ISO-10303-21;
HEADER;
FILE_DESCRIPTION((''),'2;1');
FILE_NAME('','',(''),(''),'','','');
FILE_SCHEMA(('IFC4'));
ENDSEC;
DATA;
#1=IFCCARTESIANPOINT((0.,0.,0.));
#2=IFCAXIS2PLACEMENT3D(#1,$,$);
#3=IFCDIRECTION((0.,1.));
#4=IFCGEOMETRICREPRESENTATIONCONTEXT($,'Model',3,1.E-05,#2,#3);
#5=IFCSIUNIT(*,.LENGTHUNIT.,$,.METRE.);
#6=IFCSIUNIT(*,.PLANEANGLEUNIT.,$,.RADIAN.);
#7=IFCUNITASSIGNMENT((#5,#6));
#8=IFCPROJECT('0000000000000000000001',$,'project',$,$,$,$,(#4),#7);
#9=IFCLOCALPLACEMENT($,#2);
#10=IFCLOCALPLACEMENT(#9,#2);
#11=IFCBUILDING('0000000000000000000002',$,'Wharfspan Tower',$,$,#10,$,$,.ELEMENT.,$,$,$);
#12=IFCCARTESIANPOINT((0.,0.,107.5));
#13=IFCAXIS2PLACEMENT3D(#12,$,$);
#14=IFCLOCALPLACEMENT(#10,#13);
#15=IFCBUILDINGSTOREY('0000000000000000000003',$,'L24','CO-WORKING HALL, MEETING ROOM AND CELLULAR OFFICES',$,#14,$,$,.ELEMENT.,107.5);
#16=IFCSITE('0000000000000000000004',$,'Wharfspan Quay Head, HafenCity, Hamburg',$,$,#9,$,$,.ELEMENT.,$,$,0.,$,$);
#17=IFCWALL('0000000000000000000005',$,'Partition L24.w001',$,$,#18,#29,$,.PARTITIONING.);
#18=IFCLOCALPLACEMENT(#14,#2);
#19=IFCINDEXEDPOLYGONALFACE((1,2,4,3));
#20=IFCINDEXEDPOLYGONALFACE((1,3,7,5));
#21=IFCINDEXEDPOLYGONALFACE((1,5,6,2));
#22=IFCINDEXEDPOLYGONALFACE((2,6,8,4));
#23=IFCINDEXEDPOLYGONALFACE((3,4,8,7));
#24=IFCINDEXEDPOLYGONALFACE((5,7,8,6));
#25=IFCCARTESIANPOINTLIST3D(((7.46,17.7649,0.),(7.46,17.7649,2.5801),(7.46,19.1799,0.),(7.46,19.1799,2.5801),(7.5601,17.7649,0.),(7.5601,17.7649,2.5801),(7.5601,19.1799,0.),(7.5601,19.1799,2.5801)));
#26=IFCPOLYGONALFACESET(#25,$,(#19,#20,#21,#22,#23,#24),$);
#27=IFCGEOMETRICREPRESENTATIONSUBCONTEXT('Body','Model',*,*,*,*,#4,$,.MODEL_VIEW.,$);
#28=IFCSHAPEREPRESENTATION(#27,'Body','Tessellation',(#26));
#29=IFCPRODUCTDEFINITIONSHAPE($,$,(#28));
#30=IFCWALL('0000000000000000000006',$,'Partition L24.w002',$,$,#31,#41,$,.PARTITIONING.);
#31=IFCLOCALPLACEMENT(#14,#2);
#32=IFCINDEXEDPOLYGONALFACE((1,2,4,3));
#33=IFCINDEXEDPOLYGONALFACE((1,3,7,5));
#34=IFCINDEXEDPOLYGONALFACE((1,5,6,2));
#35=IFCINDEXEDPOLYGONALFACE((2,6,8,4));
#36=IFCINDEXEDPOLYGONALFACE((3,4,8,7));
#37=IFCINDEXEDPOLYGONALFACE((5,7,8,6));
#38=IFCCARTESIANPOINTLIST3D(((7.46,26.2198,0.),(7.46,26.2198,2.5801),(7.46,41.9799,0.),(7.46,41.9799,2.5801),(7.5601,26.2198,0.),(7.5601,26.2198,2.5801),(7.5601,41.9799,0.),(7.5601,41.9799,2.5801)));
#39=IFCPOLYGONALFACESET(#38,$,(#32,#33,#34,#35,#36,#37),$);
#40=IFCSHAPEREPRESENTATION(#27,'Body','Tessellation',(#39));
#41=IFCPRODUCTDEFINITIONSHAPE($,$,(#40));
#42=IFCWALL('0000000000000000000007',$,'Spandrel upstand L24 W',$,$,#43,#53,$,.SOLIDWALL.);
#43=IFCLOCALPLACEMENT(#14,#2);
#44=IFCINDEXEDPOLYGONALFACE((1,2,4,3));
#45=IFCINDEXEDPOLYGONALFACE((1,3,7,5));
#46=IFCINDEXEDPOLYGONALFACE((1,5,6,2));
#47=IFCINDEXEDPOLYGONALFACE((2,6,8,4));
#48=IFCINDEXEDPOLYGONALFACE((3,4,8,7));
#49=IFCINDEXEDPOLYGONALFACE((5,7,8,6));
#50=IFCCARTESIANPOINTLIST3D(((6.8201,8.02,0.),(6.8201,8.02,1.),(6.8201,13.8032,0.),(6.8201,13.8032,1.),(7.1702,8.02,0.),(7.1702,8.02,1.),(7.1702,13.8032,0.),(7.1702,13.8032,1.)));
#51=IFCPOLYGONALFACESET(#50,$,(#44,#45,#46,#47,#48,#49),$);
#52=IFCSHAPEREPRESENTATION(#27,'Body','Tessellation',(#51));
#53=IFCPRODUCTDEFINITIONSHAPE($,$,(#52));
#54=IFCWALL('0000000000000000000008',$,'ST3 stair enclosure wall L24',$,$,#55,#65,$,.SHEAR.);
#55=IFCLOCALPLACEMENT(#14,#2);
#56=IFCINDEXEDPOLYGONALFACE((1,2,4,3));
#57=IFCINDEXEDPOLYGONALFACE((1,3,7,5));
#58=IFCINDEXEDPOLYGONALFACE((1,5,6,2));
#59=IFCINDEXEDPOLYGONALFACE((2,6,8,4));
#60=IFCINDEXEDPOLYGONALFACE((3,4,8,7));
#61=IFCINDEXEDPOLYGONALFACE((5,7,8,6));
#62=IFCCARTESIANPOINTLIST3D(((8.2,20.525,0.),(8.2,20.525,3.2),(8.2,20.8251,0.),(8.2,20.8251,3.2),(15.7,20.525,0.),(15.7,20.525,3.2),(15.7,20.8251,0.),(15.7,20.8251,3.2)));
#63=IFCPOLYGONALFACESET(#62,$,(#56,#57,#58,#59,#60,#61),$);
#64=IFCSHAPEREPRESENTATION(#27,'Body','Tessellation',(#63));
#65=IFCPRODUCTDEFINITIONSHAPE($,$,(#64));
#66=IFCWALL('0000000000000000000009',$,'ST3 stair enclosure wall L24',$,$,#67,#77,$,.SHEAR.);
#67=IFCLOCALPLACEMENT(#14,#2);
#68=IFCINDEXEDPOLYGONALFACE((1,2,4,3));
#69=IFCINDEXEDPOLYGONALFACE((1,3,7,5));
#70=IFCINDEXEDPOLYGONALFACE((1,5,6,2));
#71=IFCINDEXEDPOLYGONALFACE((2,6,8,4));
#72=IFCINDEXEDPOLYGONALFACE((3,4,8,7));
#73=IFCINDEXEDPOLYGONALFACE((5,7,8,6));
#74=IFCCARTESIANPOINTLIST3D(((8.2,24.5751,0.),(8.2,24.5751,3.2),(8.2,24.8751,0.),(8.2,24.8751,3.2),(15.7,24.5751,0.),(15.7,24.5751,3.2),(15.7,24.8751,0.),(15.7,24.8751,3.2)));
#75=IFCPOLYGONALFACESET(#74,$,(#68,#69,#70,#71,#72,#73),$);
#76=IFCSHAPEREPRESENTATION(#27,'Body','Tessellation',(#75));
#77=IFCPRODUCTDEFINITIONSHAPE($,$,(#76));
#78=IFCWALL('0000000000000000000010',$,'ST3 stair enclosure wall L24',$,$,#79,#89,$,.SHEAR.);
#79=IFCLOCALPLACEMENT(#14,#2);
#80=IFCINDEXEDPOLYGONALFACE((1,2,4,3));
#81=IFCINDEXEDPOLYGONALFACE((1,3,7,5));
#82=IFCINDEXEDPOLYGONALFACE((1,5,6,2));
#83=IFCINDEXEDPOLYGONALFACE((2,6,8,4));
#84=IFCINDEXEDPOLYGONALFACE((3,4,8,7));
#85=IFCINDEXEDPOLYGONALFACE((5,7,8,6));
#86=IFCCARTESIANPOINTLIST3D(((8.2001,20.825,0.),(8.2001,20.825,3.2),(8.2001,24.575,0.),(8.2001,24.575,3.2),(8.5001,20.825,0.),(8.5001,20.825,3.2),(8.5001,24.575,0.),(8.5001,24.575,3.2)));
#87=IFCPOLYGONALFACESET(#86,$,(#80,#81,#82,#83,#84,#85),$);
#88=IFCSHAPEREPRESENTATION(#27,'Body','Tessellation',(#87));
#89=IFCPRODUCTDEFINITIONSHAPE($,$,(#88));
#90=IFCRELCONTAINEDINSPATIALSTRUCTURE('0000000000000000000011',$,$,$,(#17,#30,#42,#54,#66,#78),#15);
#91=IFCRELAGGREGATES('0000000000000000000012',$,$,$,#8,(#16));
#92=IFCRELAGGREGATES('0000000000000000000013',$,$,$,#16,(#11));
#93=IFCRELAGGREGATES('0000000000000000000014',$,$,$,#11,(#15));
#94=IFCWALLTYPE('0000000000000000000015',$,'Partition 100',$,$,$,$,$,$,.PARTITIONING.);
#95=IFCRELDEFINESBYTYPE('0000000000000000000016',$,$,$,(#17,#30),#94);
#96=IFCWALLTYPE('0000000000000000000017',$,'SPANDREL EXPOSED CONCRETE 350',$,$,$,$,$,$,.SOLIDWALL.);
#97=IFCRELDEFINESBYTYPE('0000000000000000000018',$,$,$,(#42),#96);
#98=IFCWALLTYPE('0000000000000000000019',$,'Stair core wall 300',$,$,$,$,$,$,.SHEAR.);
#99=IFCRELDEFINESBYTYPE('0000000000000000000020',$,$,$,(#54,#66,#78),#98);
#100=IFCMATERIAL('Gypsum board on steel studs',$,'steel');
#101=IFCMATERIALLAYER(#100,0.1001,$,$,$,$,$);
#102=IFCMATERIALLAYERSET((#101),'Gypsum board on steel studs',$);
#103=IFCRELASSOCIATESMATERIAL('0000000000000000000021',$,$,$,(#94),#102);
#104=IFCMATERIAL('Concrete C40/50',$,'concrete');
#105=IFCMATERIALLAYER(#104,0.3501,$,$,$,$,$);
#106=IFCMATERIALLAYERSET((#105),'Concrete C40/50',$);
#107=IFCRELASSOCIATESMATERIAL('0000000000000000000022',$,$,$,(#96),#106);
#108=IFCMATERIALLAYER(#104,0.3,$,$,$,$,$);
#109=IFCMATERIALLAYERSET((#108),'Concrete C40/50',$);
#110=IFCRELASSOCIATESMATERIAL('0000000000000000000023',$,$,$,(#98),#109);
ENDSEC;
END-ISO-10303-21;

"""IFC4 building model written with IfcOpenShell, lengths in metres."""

from ifc_helpers import new_model, si_unit, direction, frame, frame_2d, origin, place, context, subcontext, project, spatial, rectangle, extrude, material, layer, layer_set, type_object, element, save


model = new_model("IFC4")

# Units and contexts
model_context = context("Model", 3, precision=1e-05, world=origin(), true_north=direction((0.0, 1.0)))
body_context = subcontext(model_context, "Body", "Model", "MODEL_VIEW")
ifc_project = project(units=[si_unit("LENGTHUNIT", "METRE"), si_unit("PLANEANGLEUNIT", "RADIAN")], contexts=[model_context])

# Site, building, storey
site_placement = place(None, origin())
site = spatial("IfcSite", under=ifc_project, at=site_placement, Name="Wharfspan Quay Head, HafenCity, Hamburg", CompositionType="ELEMENT", RefElevation=0.0)
building_placement = place(site_placement, origin())
building = spatial("IfcBuilding", under=site, at=building_placement, Name="Wharfspan Tower", CompositionType="ELEMENT")
storey_placement = place(building_placement, frame((0.0, 0.0, 107.5)))
storey = spatial("IfcBuildingStorey", under=building, at=storey_placement, Name="L24", Description="CO-WORKING HALL, MEETING ROOM AND CELLULAR OFFICES", CompositionType="ELEMENT", Elevation=107.5)

# Walls
ifc_material_1 = material(Name="Gypsum board on steel studs", Category="steel")
ifc_layer_1 = layer(ifc_material_1, 0.1001)
ifc_layer_set_1 = layer_set([ifc_layer_1], Name="Gypsum board on steel studs")
wall_type_1 = type_object("IfcWallType", Name="Partition 100", PredefinedType="PARTITIONING", material=ifc_layer_set_1)
wall_1_placement = place(storey_placement, frame((7.51, 17.7649, 0.0), z_axis=(0.0, 0.0, 1.0), x_axis=(0.0, 1.0, 0.0)))
element("IfcWall", 1, at=wall_1_placement, inside=storey, type_object=wall_type_1, Name="Partition L24.w001", PredefinedType="PARTITIONING", context=body_context, shape_type="SweptSolid", body=[
    extrude(rectangle(XDim=1.415, YDim=0.1001, at=frame_2d((0.7075, 0.0))), origin(), (0.0, 0.0, 1.0), 2.5801),
])
wall_2_placement = place(storey_placement, frame((7.51, 26.22, 0.0), z_axis=(0.0, 0.0, 1.0), x_axis=(0.0, 1.0, 0.0)))
element("IfcWall", 2, at=wall_2_placement, inside=storey, type_object=wall_type_1, Name="Partition L24.w002", PredefinedType="PARTITIONING", context=body_context, shape_type="SweptSolid", body=[
    extrude(rectangle(XDim=15.76, YDim=0.1001, at=frame_2d((7.8799, 0.0))), origin(), (0.0, 0.0, 1.0), 2.5801),
])
ifc_material_2 = material(Name="Concrete C40/50", Category="concrete")
ifc_layer_2 = layer(ifc_material_2, 0.3501)
ifc_layer_set_2 = layer_set([ifc_layer_2], Name="Concrete C40/50")
wall_type_2 = type_object("IfcWallType", Name="SPANDREL EXPOSED CONCRETE 350", PredefinedType="SOLIDWALL", material=ifc_layer_set_2)
wall_3_placement = place(storey_placement, frame((6.9951, 13.8032, 0.0), z_axis=(0.0, 0.0, 1.0), x_axis=(0.0, -1.0, 0.0)))
element("IfcWall", 3, at=wall_3_placement, inside=storey, type_object=wall_type_2, Name="Spandrel upstand L24 W", PredefinedType="SOLIDWALL", context=body_context, shape_type="SweptSolid", body=[
    extrude(rectangle(XDim=5.7832, YDim=0.3501, at=frame_2d((2.8916, 0.0))), origin(), (0.0, 0.0, 1.0), 1.0),
])
ifc_layer_3 = layer(ifc_material_2, 0.3)
ifc_layer_set_3 = layer_set([ifc_layer_3], Name="Concrete C40/50")
wall_type_3 = type_object("IfcWallType", Name="Stair core wall 300", PredefinedType="SHEAR", material=ifc_layer_set_3)
for number, where, z_axis, x_axis, name in (
    (4, (8.2, 20.675, 0.0), (0.0, 0.0, 1.0), (1.0, 0.0, 0.0), "ST3 stair enclosure wall L24"),
    (5, (8.2, 24.7251, 0.0), (0.0, 0.0, 1.0), (1.0, 0.0, 0.0), "ST3 stair enclosure wall L24"),
):
    element("IfcWall", number, at=place(storey_placement, frame(where, z_axis=z_axis, x_axis=x_axis)), inside=storey, type_object=wall_type_3, Name=name, PredefinedType="SHEAR", context=body_context, shape_type="SweptSolid", body=[
        extrude(rectangle(XDim=7.5, YDim=0.3, at=frame_2d((3.75, 0.0))), origin(), (0.0, 0.0, 1.0), 3.2),
    ])
wall_4_placement = place(storey_placement, frame((8.3501, 20.825, 0.0), z_axis=(0.0, 0.0, 1.0), x_axis=(0.0, 1.0, 0.0)))
element("IfcWall", 6, at=wall_4_placement, inside=storey, type_object=wall_type_3, Name="ST3 stair enclosure wall L24", PredefinedType="SHEAR", context=body_context, shape_type="SweptSolid", body=[
    extrude(rectangle(XDim=3.75, YDim=0.3, at=frame_2d((1.875, 0.0))), origin(), (0.0, 0.0, 1.0), 3.2),
])

save(model, "model.ifc")
